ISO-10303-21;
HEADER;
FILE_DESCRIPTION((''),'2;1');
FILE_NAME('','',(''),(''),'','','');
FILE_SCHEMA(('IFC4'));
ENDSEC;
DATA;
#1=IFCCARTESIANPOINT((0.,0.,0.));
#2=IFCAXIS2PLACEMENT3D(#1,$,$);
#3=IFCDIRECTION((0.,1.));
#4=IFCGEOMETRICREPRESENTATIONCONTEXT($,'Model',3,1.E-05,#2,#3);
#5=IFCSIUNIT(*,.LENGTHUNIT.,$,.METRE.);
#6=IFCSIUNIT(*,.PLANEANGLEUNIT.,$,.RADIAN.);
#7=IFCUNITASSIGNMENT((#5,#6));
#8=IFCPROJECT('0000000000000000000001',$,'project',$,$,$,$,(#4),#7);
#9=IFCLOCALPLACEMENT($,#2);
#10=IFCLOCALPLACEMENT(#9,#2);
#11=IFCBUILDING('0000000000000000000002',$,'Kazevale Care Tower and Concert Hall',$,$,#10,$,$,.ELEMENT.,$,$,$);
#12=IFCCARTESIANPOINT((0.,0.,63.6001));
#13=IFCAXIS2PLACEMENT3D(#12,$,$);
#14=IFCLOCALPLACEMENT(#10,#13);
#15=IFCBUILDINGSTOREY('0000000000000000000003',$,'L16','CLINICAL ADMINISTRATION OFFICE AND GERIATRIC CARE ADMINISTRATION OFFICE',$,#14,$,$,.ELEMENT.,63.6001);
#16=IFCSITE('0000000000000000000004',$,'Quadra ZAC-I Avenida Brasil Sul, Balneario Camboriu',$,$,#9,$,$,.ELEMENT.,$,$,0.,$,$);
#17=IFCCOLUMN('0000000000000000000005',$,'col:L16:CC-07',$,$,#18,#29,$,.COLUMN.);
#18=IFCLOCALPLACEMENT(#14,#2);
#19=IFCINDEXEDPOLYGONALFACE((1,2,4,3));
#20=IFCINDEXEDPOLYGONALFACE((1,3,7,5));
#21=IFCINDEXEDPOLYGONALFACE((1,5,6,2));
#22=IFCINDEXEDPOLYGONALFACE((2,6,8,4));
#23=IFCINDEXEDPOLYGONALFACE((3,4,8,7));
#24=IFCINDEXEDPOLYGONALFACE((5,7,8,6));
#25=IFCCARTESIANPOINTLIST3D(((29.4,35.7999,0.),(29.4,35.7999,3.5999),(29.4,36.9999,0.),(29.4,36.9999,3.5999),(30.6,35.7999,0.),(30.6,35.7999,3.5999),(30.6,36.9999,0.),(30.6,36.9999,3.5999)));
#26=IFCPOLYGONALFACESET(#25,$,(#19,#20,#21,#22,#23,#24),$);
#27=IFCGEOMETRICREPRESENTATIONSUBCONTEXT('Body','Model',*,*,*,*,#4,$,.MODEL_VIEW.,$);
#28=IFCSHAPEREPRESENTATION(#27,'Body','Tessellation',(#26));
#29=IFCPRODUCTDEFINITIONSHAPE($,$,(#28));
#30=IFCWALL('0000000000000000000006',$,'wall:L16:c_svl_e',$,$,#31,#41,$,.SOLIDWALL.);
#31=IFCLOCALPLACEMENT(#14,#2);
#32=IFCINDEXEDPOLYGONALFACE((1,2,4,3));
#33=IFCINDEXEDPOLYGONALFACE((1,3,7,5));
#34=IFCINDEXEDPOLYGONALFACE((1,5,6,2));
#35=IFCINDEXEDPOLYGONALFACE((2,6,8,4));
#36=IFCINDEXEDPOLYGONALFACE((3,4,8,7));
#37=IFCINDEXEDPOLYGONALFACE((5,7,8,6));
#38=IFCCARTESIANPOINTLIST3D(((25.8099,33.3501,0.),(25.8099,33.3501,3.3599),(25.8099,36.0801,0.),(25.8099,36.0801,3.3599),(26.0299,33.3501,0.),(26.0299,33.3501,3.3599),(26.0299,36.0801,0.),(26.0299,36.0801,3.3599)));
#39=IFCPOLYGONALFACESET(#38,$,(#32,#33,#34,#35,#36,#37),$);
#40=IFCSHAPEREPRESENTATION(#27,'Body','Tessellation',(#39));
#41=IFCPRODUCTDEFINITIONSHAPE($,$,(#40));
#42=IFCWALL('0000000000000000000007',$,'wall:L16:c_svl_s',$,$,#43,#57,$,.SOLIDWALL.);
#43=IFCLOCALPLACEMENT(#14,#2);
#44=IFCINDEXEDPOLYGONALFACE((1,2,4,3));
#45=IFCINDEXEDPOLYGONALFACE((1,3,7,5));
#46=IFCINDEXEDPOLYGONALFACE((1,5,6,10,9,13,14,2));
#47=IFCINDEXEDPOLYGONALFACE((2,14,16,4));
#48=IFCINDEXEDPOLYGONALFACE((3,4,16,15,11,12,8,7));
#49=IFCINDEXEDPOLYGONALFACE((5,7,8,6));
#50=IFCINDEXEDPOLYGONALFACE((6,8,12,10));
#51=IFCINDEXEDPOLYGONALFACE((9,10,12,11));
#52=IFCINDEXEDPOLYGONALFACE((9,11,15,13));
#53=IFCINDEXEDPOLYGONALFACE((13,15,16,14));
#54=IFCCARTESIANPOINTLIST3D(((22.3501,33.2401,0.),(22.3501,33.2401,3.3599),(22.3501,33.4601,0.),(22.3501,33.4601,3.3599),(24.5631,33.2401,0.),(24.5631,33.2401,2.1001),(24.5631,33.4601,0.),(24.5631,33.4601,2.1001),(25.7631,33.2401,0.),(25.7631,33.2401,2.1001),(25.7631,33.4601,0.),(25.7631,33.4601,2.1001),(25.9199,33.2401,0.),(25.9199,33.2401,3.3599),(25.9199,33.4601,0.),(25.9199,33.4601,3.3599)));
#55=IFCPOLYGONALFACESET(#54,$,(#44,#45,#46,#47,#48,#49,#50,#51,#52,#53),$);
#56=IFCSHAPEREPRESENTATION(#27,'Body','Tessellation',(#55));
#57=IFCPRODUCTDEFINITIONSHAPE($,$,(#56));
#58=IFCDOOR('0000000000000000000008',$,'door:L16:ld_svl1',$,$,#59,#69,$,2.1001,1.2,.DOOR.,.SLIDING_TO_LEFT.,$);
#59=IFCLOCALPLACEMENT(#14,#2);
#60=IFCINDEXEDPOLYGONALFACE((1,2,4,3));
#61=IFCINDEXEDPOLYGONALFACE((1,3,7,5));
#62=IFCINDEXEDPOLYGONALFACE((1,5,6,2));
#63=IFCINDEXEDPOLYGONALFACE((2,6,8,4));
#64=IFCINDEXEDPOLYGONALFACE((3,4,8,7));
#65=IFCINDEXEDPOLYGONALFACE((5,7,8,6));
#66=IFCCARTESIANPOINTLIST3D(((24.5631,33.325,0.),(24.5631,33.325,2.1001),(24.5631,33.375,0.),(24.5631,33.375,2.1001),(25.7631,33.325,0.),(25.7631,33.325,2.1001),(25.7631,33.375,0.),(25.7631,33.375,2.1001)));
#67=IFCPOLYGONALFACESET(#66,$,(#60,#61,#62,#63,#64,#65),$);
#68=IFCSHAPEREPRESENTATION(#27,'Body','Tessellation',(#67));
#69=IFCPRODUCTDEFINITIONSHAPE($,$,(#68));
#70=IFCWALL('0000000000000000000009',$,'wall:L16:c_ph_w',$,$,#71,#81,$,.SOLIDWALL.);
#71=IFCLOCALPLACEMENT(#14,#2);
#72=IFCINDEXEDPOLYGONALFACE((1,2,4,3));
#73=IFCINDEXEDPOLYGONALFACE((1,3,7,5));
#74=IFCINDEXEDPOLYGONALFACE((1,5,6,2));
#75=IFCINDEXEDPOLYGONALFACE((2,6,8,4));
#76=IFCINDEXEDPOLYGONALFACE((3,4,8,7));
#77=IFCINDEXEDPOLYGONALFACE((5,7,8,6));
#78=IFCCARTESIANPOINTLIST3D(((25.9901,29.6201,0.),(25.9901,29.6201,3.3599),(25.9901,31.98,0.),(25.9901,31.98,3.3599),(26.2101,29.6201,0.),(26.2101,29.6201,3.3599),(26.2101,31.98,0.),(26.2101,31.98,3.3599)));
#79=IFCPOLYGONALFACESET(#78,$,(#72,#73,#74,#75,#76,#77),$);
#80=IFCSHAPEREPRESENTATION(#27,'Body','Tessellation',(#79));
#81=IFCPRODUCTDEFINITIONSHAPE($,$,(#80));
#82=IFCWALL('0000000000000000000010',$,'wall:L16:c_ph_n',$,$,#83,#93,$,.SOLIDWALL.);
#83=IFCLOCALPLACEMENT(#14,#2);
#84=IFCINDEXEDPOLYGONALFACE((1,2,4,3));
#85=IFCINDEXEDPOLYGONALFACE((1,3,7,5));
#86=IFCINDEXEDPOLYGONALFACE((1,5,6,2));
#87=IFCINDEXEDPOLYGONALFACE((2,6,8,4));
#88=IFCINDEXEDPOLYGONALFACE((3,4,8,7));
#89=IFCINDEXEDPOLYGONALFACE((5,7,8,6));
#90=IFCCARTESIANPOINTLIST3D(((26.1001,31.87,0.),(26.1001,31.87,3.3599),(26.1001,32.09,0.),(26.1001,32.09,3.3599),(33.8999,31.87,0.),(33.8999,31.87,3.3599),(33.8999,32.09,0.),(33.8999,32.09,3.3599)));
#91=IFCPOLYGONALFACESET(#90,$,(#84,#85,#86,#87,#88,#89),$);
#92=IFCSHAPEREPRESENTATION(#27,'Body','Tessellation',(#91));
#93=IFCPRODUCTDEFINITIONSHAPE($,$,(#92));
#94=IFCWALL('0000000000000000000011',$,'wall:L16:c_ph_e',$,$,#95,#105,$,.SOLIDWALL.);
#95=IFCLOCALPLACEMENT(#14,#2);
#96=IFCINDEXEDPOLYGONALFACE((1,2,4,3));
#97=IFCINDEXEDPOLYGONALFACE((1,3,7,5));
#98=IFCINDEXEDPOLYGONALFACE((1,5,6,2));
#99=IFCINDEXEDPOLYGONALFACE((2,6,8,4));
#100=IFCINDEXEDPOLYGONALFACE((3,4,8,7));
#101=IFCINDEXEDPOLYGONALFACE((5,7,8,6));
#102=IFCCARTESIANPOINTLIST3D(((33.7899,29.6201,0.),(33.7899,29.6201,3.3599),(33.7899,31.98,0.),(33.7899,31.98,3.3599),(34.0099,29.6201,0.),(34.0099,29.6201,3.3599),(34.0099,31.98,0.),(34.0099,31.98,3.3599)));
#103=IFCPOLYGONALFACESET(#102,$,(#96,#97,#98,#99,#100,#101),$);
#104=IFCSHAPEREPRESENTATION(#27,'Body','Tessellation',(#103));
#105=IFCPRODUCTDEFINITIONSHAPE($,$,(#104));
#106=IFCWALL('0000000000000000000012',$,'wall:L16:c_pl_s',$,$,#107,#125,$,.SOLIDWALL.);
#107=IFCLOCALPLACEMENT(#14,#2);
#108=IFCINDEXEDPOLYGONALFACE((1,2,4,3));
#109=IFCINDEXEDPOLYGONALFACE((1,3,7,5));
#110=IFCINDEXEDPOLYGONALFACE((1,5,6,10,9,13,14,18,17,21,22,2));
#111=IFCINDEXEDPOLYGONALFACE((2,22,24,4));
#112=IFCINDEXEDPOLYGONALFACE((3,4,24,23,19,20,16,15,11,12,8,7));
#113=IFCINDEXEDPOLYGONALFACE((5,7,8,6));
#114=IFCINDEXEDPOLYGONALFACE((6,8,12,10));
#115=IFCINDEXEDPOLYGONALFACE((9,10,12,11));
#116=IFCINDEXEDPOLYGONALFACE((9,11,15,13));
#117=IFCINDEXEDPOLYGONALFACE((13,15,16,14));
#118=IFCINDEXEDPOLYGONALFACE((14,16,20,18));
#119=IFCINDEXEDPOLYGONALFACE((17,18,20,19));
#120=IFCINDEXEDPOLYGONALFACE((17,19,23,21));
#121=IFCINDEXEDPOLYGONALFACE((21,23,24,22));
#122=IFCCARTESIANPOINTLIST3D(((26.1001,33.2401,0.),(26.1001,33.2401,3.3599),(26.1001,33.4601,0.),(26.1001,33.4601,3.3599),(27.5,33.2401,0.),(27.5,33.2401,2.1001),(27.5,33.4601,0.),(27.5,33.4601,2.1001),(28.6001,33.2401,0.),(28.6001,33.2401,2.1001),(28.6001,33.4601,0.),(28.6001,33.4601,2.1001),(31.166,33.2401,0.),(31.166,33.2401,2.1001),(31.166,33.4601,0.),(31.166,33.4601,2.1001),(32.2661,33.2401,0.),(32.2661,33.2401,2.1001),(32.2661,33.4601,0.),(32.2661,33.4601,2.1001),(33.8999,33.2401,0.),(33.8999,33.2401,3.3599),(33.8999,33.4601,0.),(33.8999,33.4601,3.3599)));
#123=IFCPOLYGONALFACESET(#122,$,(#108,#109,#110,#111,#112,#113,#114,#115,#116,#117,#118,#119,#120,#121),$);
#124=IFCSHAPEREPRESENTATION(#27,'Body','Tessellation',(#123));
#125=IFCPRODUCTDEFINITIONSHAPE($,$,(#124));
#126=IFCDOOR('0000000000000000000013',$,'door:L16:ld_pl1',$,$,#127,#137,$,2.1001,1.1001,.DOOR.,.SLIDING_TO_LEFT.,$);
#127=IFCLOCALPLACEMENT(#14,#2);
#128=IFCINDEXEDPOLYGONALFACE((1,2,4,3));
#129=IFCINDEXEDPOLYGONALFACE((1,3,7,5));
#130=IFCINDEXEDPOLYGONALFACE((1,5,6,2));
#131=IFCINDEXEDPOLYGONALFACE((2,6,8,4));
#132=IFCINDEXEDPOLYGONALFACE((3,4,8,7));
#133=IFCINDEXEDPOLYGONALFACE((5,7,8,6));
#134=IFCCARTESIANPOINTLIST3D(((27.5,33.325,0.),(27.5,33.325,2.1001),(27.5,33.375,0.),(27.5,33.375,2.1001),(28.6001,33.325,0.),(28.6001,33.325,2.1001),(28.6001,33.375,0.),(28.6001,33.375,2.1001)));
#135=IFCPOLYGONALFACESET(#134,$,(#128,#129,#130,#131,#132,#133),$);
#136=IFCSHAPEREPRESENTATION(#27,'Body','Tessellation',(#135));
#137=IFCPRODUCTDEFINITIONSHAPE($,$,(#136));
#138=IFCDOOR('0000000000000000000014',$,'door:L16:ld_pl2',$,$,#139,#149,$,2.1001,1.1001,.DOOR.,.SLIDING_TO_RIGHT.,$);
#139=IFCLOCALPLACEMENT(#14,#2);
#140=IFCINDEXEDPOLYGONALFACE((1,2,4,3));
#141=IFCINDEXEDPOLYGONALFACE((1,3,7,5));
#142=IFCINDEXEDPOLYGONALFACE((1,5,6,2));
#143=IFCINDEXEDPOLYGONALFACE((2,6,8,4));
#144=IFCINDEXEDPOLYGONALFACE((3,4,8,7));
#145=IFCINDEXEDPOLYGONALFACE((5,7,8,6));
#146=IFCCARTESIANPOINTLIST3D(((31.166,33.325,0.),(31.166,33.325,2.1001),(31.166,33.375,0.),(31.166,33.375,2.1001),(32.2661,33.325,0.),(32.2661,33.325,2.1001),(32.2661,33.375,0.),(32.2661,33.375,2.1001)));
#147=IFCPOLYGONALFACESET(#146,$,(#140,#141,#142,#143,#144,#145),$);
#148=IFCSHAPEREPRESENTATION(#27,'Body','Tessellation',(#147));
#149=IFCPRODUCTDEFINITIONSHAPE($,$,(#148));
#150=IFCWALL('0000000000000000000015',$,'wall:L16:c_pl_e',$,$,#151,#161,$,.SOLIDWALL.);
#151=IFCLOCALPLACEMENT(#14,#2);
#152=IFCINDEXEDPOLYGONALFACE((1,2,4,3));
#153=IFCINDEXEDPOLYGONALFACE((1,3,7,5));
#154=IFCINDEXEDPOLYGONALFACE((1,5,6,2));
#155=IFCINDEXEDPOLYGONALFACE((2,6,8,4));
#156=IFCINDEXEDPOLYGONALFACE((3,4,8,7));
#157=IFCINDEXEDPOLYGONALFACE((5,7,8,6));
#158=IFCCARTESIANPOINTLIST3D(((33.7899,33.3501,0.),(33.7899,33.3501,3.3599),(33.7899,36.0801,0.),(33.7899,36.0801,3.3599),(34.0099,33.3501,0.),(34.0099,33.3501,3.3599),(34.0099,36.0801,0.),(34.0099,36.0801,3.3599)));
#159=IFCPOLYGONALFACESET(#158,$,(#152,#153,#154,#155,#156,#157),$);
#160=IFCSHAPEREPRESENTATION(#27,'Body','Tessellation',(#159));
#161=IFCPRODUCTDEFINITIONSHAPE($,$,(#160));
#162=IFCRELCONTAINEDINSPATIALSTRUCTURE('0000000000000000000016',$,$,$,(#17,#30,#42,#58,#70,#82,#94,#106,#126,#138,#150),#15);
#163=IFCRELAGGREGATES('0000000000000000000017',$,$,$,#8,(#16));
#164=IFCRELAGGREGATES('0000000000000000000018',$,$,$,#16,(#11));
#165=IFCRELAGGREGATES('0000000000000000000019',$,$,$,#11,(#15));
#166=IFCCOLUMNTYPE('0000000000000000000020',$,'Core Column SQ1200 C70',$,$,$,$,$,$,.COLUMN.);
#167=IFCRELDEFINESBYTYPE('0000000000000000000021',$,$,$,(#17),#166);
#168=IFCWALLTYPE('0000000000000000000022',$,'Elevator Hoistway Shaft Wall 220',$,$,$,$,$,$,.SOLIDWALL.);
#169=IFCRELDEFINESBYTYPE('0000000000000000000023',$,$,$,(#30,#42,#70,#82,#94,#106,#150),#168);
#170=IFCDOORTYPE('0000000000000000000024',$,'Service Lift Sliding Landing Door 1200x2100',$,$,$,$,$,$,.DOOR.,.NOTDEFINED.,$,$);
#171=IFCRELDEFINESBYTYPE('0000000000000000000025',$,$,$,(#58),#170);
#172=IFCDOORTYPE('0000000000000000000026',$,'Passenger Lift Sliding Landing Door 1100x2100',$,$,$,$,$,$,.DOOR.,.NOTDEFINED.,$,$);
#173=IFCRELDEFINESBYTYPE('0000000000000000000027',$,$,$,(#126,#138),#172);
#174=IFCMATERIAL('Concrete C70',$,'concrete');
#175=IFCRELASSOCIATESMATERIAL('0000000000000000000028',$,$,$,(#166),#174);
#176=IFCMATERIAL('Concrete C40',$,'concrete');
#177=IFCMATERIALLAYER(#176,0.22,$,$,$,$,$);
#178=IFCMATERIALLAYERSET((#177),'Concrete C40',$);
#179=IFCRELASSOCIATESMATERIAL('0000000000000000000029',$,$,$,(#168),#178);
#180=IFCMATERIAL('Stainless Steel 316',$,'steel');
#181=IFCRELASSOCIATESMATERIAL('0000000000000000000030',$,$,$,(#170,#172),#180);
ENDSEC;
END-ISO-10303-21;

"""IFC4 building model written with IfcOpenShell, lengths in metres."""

from ifc_helpers import new_model, si_unit, direction, frame, frame_2d, origin, origin_2d, place, context, subcontext, project, spatial, rectangle, extrude, material, layer, layer_set, material_profile, profile_set, type_object, element, fill, save


model = new_model("IFC4")

# Units and contexts
model_context = context("Model", 3, precision=1e-05, world=origin(), true_north=direction((0.0, 1.0)))
body_context = subcontext(model_context, "Body", "Model", "MODEL_VIEW")
ifc_project = project(units=[si_unit("LENGTHUNIT", "METRE"), si_unit("PLANEANGLEUNIT", "RADIAN")], contexts=[model_context])

# Site, building, storey
site_placement = place(None, origin())
site = spatial("IfcSite", under=ifc_project, at=site_placement, Name="Quadra ZAC-I Avenida Brasil Sul, Balneario Camboriu", CompositionType="ELEMENT", RefElevation=0.0)
building_placement = place(site_placement, origin())
building = spatial("IfcBuilding", under=site, at=building_placement, Name="Kazevale Care Tower and Concert Hall", CompositionType="ELEMENT")
storey_placement = place(building_placement, frame((0.0, 0.0, 63.6001)))
storey = spatial("IfcBuildingStorey", under=building, at=storey_placement, Name="L16", Description="CLINICAL ADMINISTRATION OFFICE AND GERIATRIC CARE ADMINISTRATION OFFICE", CompositionType="ELEMENT", Elevation=63.6001)

# Column
ifc_material_1 = material(Name="Concrete C70", Category="concrete")
ifc_material_profile = material_profile(ifc_material_1, rectangle(XDim=1.2, YDim=1.2, at=origin_2d()), Name="RC-SQ1200")
ifc_profile_set = profile_set([ifc_material_profile], Name="Concrete C70")
column_type = type_object("IfcColumnType", Name="Core Column SQ1200 C70", PredefinedType="COLUMN", material=ifc_profile_set)
column_placement = place(storey_placement, frame((30.0, 36.3999, 0.0), z_axis=(0.0, 0.0, 1.0), x_axis=(1.0, 0.0, 0.0)))
element("IfcColumn", 1, at=column_placement, inside=storey, type_object=column_type, Name="col:L16:CC-07", PredefinedType="COLUMN", context=body_context, shape_type="SweptSolid", body=[
    extrude(rectangle(XDim=1.2, YDim=1.2, at=origin_2d()), origin(), (0.0, 0.0, 1.0), 3.5999),
])

# Wall
ifc_material_2 = material(Name="Concrete C40", Category="concrete")
ifc_layer_1 = layer(ifc_material_2, 0.22)
ifc_layer_set_1 = layer_set([ifc_layer_1], Name="Concrete C40")
wall_type_1 = type_object("IfcWallType", Name="Elevator Hoistway Shaft Wall 220", PredefinedType="SOLIDWALL", material=ifc_layer_set_1)
wall_1_placement = place(storey_placement, frame((25.9199, 33.3501, 0.0), z_axis=(0.0, 0.0, 1.0), x_axis=(0.0, 1.0, 0.0)))
element("IfcWall", 2, at=wall_1_placement, inside=storey, type_object=wall_type_1, Name="wall:L16:c_svl_e", PredefinedType="SOLIDWALL", context=body_context, shape_type="SweptSolid", body=[
    extrude(rectangle(XDim=2.73, YDim=0.22, at=frame_2d((1.365, 0.0))), origin(), (0.0, 0.0, 1.0), 3.3599),
])

# Wall, opening, door
wall_2_placement = place(storey_placement, frame((22.3501, 33.3501, 0.0), z_axis=(0.0, 0.0, 1.0), x_axis=(1.0, 0.0, 0.0)))
wall_2 = element("IfcWall", 3, at=wall_2_placement, inside=storey, type_object=wall_type_1, Name="wall:L16:c_svl_s", PredefinedType="SOLIDWALL", context=body_context, shape_type="SweptSolid", body=[
    extrude(rectangle(XDim=3.5698, YDim=0.22, at=frame_2d((1.7849, 0.0))), origin(), (0.0, 0.0, 1.0), 3.3599),
])
opening_1_placement = place(wall_2_placement, frame((2.2129, 0.0, 0.0)))
opening_1 = element("IfcOpeningElement", 4, at=opening_1_placement, cuts=wall_2, PredefinedType="OPENING", context=body_context, shape_type="SweptSolid", body=[
    extrude(rectangle(XDim=1.2, YDim=2.1001, at=frame_2d((0.6001, 1.05))), frame((0.0, 0.1199, 0.0), z_axis=(0.0, -1.0, 0.0), x_axis=(1.0, 0.0, 0.0)), (0.0, 0.0, 1.0), 0.24),
])
ifc_material_3 = material(Name="Stainless Steel 316", Category="steel")
door_type_1 = type_object("IfcDoorType", Name="Service Lift Sliding Landing Door 1200x2100", OperationType="NOTDEFINED", PredefinedType="DOOR", material=ifc_material_3)
door_1_placement = place(opening_1_placement, origin())
door_1 = element("IfcDoor", 5, at=door_1_placement, inside=storey, type_object=door_type_1, Name="door:L16:ld_svl1", OperationType="SLIDING_TO_LEFT", OverallHeight=2.1001, OverallWidth=1.2, PredefinedType="DOOR", context=body_context, shape_type="SweptSolid", body=[
    extrude(rectangle(XDim=1.2, YDim=2.1001, at=frame_2d((0.6001, 1.05))), frame((0.0, 0.0249, 0.0), z_axis=(0.0, -1.0, 0.0), x_axis=(1.0, 0.0, 0.0)), (0.0, 0.0, 1.0), 0.05),
])
fill(opening_1, door_1)

# Walls
wall_3_placement = place(storey_placement, frame((26.1001, 29.6201, 0.0), z_axis=(0.0, 0.0, 1.0), x_axis=(0.0, 1.0, 0.0)))
element("IfcWall", 6, at=wall_3_placement, inside=storey, type_object=wall_type_1, Name="wall:L16:c_ph_w", PredefinedType="SOLIDWALL", context=body_context, shape_type="SweptSolid", body=[
    extrude(rectangle(XDim=2.3599, YDim=0.22, at=frame_2d((1.1799, 0.0))), origin(), (0.0, 0.0, 1.0), 3.3599),
])
wall_4_placement = place(storey_placement, frame((26.1001, 31.98, 0.0), z_axis=(0.0, 0.0, 1.0), x_axis=(1.0, 0.0, 0.0)))
element("IfcWall", 7, at=wall_4_placement, inside=storey, type_object=wall_type_1, Name="wall:L16:c_ph_n", PredefinedType="SOLIDWALL", context=body_context, shape_type="SweptSolid", body=[
    extrude(rectangle(XDim=7.7998, YDim=0.22, at=frame_2d((3.8999, 0.0))), origin(), (0.0, 0.0, 1.0), 3.3599),
])
wall_5_placement = place(storey_placement, frame((33.8999, 29.6201, 0.0), z_axis=(0.0, 0.0, 1.0), x_axis=(0.0, 1.0, 0.0)))
element("IfcWall", 8, at=wall_5_placement, inside=storey, type_object=wall_type_1, Name="wall:L16:c_ph_e", PredefinedType="SOLIDWALL", context=body_context, shape_type="SweptSolid", body=[
    extrude(rectangle(XDim=2.3599, YDim=0.22, at=frame_2d((1.1799, 0.0))), origin(), (0.0, 0.0, 1.0), 3.3599),
])

# Wall, openings, doors
wall_6_placement = place(storey_placement, frame((26.1001, 33.3501, 0.0), z_axis=(0.0, 0.0, 1.0), x_axis=(1.0, 0.0, 0.0)))
wall_6 = element("IfcWall", 9, at=wall_6_placement, inside=storey, type_object=wall_type_1, Name="wall:L16:c_pl_s", PredefinedType="SOLIDWALL", context=body_context, shape_type="SweptSolid", body=[
    extrude(rectangle(XDim=7.7998, YDim=0.22, at=frame_2d((3.8999, 0.0))), origin(), (0.0, 0.0, 1.0), 3.3599),
])
opening_2_placement = place(wall_6_placement, frame((1.3999, 0.0, 0.0)))
opening_2 = element("IfcOpeningElement", 10, at=opening_2_placement, cuts=wall_6, PredefinedType="OPENING", context=body_context, shape_type="SweptSolid", body=[
    extrude(rectangle(XDim=1.1001, YDim=2.1001, at=frame_2d((0.55, 1.05))), frame((0.0, 0.1199, 0.0), z_axis=(0.0, -1.0, 0.0), x_axis=(1.0, 0.0, 0.0)), (0.0, 0.0, 1.0), 0.24),
])
opening_3_placement = place(wall_6_placement, frame((5.0659, 0.0, 0.0)))
opening_3 = element("IfcOpeningElement", 11, at=opening_3_placement, cuts=wall_6, PredefinedType="OPENING", context=body_context, shape_type="SweptSolid", body=[
    extrude(rectangle(XDim=1.1001, YDim=2.1001, at=frame_2d((0.55, 1.05))), frame((0.0, 0.1199, 0.0), z_axis=(0.0, -1.0, 0.0), x_axis=(1.0, 0.0, 0.0)), (0.0, 0.0, 1.0), 0.24),
])
door_type_2 = type_object("IfcDoorType", Name="Passenger Lift Sliding Landing Door 1100x2100", OperationType="NOTDEFINED", PredefinedType="DOOR", material=ifc_material_3)
door_2_placement = place(opening_2_placement, origin())
door_2 = element("IfcDoor", 12, at=door_2_placement, inside=storey, type_object=door_type_2, Name="door:L16:ld_pl1", OperationType="SLIDING_TO_LEFT", OverallHeight=2.1001, OverallWidth=1.1001, PredefinedType="DOOR", context=body_context, shape_type="SweptSolid", body=[
    extrude(rectangle(XDim=1.1001, YDim=2.1001, at=frame_2d((0.55, 1.05))), frame((0.0, 0.0249, 0.0), z_axis=(0.0, -1.0, 0.0), x_axis=(1.0, 0.0, 0.0)), (0.0, 0.0, 1.0), 0.05),
])
fill(opening_2, door_2)
door_3_placement = place(opening_3_placement, origin())
door_3 = element("IfcDoor", 13, at=door_3_placement, inside=storey, type_object=door_type_2, Name="door:L16:ld_pl2", OperationType="SLIDING_TO_RIGHT", OverallHeight=2.1001, OverallWidth=1.1001, PredefinedType="DOOR", context=body_context, shape_type="SweptSolid", body=[
    extrude(rectangle(XDim=1.1001, YDim=2.1001, at=frame_2d((0.55, 1.05))), frame((0.0, 0.0249, 0.0), z_axis=(0.0, -1.0, 0.0), x_axis=(1.0, 0.0, 0.0)), (0.0, 0.0, 1.0), 0.05),
])
fill(opening_3, door_3)

# Wall
wall_7_placement = place(storey_placement, frame((33.8999, 33.3501, 0.0), z_axis=(0.0, 0.0, 1.0), x_axis=(0.0, 1.0, 0.0)))
element("IfcWall", 14, at=wall_7_placement, inside=storey, type_object=wall_type_1, Name="wall:L16:c_pl_e", PredefinedType="SOLIDWALL", context=body_context, shape_type="SweptSolid", body=[
    extrude(rectangle(XDim=2.73, YDim=0.22, at=frame_2d((1.365, 0.0))), origin(), (0.0, 0.0, 1.0), 3.3599),
])

save(model, "model.ifc")
